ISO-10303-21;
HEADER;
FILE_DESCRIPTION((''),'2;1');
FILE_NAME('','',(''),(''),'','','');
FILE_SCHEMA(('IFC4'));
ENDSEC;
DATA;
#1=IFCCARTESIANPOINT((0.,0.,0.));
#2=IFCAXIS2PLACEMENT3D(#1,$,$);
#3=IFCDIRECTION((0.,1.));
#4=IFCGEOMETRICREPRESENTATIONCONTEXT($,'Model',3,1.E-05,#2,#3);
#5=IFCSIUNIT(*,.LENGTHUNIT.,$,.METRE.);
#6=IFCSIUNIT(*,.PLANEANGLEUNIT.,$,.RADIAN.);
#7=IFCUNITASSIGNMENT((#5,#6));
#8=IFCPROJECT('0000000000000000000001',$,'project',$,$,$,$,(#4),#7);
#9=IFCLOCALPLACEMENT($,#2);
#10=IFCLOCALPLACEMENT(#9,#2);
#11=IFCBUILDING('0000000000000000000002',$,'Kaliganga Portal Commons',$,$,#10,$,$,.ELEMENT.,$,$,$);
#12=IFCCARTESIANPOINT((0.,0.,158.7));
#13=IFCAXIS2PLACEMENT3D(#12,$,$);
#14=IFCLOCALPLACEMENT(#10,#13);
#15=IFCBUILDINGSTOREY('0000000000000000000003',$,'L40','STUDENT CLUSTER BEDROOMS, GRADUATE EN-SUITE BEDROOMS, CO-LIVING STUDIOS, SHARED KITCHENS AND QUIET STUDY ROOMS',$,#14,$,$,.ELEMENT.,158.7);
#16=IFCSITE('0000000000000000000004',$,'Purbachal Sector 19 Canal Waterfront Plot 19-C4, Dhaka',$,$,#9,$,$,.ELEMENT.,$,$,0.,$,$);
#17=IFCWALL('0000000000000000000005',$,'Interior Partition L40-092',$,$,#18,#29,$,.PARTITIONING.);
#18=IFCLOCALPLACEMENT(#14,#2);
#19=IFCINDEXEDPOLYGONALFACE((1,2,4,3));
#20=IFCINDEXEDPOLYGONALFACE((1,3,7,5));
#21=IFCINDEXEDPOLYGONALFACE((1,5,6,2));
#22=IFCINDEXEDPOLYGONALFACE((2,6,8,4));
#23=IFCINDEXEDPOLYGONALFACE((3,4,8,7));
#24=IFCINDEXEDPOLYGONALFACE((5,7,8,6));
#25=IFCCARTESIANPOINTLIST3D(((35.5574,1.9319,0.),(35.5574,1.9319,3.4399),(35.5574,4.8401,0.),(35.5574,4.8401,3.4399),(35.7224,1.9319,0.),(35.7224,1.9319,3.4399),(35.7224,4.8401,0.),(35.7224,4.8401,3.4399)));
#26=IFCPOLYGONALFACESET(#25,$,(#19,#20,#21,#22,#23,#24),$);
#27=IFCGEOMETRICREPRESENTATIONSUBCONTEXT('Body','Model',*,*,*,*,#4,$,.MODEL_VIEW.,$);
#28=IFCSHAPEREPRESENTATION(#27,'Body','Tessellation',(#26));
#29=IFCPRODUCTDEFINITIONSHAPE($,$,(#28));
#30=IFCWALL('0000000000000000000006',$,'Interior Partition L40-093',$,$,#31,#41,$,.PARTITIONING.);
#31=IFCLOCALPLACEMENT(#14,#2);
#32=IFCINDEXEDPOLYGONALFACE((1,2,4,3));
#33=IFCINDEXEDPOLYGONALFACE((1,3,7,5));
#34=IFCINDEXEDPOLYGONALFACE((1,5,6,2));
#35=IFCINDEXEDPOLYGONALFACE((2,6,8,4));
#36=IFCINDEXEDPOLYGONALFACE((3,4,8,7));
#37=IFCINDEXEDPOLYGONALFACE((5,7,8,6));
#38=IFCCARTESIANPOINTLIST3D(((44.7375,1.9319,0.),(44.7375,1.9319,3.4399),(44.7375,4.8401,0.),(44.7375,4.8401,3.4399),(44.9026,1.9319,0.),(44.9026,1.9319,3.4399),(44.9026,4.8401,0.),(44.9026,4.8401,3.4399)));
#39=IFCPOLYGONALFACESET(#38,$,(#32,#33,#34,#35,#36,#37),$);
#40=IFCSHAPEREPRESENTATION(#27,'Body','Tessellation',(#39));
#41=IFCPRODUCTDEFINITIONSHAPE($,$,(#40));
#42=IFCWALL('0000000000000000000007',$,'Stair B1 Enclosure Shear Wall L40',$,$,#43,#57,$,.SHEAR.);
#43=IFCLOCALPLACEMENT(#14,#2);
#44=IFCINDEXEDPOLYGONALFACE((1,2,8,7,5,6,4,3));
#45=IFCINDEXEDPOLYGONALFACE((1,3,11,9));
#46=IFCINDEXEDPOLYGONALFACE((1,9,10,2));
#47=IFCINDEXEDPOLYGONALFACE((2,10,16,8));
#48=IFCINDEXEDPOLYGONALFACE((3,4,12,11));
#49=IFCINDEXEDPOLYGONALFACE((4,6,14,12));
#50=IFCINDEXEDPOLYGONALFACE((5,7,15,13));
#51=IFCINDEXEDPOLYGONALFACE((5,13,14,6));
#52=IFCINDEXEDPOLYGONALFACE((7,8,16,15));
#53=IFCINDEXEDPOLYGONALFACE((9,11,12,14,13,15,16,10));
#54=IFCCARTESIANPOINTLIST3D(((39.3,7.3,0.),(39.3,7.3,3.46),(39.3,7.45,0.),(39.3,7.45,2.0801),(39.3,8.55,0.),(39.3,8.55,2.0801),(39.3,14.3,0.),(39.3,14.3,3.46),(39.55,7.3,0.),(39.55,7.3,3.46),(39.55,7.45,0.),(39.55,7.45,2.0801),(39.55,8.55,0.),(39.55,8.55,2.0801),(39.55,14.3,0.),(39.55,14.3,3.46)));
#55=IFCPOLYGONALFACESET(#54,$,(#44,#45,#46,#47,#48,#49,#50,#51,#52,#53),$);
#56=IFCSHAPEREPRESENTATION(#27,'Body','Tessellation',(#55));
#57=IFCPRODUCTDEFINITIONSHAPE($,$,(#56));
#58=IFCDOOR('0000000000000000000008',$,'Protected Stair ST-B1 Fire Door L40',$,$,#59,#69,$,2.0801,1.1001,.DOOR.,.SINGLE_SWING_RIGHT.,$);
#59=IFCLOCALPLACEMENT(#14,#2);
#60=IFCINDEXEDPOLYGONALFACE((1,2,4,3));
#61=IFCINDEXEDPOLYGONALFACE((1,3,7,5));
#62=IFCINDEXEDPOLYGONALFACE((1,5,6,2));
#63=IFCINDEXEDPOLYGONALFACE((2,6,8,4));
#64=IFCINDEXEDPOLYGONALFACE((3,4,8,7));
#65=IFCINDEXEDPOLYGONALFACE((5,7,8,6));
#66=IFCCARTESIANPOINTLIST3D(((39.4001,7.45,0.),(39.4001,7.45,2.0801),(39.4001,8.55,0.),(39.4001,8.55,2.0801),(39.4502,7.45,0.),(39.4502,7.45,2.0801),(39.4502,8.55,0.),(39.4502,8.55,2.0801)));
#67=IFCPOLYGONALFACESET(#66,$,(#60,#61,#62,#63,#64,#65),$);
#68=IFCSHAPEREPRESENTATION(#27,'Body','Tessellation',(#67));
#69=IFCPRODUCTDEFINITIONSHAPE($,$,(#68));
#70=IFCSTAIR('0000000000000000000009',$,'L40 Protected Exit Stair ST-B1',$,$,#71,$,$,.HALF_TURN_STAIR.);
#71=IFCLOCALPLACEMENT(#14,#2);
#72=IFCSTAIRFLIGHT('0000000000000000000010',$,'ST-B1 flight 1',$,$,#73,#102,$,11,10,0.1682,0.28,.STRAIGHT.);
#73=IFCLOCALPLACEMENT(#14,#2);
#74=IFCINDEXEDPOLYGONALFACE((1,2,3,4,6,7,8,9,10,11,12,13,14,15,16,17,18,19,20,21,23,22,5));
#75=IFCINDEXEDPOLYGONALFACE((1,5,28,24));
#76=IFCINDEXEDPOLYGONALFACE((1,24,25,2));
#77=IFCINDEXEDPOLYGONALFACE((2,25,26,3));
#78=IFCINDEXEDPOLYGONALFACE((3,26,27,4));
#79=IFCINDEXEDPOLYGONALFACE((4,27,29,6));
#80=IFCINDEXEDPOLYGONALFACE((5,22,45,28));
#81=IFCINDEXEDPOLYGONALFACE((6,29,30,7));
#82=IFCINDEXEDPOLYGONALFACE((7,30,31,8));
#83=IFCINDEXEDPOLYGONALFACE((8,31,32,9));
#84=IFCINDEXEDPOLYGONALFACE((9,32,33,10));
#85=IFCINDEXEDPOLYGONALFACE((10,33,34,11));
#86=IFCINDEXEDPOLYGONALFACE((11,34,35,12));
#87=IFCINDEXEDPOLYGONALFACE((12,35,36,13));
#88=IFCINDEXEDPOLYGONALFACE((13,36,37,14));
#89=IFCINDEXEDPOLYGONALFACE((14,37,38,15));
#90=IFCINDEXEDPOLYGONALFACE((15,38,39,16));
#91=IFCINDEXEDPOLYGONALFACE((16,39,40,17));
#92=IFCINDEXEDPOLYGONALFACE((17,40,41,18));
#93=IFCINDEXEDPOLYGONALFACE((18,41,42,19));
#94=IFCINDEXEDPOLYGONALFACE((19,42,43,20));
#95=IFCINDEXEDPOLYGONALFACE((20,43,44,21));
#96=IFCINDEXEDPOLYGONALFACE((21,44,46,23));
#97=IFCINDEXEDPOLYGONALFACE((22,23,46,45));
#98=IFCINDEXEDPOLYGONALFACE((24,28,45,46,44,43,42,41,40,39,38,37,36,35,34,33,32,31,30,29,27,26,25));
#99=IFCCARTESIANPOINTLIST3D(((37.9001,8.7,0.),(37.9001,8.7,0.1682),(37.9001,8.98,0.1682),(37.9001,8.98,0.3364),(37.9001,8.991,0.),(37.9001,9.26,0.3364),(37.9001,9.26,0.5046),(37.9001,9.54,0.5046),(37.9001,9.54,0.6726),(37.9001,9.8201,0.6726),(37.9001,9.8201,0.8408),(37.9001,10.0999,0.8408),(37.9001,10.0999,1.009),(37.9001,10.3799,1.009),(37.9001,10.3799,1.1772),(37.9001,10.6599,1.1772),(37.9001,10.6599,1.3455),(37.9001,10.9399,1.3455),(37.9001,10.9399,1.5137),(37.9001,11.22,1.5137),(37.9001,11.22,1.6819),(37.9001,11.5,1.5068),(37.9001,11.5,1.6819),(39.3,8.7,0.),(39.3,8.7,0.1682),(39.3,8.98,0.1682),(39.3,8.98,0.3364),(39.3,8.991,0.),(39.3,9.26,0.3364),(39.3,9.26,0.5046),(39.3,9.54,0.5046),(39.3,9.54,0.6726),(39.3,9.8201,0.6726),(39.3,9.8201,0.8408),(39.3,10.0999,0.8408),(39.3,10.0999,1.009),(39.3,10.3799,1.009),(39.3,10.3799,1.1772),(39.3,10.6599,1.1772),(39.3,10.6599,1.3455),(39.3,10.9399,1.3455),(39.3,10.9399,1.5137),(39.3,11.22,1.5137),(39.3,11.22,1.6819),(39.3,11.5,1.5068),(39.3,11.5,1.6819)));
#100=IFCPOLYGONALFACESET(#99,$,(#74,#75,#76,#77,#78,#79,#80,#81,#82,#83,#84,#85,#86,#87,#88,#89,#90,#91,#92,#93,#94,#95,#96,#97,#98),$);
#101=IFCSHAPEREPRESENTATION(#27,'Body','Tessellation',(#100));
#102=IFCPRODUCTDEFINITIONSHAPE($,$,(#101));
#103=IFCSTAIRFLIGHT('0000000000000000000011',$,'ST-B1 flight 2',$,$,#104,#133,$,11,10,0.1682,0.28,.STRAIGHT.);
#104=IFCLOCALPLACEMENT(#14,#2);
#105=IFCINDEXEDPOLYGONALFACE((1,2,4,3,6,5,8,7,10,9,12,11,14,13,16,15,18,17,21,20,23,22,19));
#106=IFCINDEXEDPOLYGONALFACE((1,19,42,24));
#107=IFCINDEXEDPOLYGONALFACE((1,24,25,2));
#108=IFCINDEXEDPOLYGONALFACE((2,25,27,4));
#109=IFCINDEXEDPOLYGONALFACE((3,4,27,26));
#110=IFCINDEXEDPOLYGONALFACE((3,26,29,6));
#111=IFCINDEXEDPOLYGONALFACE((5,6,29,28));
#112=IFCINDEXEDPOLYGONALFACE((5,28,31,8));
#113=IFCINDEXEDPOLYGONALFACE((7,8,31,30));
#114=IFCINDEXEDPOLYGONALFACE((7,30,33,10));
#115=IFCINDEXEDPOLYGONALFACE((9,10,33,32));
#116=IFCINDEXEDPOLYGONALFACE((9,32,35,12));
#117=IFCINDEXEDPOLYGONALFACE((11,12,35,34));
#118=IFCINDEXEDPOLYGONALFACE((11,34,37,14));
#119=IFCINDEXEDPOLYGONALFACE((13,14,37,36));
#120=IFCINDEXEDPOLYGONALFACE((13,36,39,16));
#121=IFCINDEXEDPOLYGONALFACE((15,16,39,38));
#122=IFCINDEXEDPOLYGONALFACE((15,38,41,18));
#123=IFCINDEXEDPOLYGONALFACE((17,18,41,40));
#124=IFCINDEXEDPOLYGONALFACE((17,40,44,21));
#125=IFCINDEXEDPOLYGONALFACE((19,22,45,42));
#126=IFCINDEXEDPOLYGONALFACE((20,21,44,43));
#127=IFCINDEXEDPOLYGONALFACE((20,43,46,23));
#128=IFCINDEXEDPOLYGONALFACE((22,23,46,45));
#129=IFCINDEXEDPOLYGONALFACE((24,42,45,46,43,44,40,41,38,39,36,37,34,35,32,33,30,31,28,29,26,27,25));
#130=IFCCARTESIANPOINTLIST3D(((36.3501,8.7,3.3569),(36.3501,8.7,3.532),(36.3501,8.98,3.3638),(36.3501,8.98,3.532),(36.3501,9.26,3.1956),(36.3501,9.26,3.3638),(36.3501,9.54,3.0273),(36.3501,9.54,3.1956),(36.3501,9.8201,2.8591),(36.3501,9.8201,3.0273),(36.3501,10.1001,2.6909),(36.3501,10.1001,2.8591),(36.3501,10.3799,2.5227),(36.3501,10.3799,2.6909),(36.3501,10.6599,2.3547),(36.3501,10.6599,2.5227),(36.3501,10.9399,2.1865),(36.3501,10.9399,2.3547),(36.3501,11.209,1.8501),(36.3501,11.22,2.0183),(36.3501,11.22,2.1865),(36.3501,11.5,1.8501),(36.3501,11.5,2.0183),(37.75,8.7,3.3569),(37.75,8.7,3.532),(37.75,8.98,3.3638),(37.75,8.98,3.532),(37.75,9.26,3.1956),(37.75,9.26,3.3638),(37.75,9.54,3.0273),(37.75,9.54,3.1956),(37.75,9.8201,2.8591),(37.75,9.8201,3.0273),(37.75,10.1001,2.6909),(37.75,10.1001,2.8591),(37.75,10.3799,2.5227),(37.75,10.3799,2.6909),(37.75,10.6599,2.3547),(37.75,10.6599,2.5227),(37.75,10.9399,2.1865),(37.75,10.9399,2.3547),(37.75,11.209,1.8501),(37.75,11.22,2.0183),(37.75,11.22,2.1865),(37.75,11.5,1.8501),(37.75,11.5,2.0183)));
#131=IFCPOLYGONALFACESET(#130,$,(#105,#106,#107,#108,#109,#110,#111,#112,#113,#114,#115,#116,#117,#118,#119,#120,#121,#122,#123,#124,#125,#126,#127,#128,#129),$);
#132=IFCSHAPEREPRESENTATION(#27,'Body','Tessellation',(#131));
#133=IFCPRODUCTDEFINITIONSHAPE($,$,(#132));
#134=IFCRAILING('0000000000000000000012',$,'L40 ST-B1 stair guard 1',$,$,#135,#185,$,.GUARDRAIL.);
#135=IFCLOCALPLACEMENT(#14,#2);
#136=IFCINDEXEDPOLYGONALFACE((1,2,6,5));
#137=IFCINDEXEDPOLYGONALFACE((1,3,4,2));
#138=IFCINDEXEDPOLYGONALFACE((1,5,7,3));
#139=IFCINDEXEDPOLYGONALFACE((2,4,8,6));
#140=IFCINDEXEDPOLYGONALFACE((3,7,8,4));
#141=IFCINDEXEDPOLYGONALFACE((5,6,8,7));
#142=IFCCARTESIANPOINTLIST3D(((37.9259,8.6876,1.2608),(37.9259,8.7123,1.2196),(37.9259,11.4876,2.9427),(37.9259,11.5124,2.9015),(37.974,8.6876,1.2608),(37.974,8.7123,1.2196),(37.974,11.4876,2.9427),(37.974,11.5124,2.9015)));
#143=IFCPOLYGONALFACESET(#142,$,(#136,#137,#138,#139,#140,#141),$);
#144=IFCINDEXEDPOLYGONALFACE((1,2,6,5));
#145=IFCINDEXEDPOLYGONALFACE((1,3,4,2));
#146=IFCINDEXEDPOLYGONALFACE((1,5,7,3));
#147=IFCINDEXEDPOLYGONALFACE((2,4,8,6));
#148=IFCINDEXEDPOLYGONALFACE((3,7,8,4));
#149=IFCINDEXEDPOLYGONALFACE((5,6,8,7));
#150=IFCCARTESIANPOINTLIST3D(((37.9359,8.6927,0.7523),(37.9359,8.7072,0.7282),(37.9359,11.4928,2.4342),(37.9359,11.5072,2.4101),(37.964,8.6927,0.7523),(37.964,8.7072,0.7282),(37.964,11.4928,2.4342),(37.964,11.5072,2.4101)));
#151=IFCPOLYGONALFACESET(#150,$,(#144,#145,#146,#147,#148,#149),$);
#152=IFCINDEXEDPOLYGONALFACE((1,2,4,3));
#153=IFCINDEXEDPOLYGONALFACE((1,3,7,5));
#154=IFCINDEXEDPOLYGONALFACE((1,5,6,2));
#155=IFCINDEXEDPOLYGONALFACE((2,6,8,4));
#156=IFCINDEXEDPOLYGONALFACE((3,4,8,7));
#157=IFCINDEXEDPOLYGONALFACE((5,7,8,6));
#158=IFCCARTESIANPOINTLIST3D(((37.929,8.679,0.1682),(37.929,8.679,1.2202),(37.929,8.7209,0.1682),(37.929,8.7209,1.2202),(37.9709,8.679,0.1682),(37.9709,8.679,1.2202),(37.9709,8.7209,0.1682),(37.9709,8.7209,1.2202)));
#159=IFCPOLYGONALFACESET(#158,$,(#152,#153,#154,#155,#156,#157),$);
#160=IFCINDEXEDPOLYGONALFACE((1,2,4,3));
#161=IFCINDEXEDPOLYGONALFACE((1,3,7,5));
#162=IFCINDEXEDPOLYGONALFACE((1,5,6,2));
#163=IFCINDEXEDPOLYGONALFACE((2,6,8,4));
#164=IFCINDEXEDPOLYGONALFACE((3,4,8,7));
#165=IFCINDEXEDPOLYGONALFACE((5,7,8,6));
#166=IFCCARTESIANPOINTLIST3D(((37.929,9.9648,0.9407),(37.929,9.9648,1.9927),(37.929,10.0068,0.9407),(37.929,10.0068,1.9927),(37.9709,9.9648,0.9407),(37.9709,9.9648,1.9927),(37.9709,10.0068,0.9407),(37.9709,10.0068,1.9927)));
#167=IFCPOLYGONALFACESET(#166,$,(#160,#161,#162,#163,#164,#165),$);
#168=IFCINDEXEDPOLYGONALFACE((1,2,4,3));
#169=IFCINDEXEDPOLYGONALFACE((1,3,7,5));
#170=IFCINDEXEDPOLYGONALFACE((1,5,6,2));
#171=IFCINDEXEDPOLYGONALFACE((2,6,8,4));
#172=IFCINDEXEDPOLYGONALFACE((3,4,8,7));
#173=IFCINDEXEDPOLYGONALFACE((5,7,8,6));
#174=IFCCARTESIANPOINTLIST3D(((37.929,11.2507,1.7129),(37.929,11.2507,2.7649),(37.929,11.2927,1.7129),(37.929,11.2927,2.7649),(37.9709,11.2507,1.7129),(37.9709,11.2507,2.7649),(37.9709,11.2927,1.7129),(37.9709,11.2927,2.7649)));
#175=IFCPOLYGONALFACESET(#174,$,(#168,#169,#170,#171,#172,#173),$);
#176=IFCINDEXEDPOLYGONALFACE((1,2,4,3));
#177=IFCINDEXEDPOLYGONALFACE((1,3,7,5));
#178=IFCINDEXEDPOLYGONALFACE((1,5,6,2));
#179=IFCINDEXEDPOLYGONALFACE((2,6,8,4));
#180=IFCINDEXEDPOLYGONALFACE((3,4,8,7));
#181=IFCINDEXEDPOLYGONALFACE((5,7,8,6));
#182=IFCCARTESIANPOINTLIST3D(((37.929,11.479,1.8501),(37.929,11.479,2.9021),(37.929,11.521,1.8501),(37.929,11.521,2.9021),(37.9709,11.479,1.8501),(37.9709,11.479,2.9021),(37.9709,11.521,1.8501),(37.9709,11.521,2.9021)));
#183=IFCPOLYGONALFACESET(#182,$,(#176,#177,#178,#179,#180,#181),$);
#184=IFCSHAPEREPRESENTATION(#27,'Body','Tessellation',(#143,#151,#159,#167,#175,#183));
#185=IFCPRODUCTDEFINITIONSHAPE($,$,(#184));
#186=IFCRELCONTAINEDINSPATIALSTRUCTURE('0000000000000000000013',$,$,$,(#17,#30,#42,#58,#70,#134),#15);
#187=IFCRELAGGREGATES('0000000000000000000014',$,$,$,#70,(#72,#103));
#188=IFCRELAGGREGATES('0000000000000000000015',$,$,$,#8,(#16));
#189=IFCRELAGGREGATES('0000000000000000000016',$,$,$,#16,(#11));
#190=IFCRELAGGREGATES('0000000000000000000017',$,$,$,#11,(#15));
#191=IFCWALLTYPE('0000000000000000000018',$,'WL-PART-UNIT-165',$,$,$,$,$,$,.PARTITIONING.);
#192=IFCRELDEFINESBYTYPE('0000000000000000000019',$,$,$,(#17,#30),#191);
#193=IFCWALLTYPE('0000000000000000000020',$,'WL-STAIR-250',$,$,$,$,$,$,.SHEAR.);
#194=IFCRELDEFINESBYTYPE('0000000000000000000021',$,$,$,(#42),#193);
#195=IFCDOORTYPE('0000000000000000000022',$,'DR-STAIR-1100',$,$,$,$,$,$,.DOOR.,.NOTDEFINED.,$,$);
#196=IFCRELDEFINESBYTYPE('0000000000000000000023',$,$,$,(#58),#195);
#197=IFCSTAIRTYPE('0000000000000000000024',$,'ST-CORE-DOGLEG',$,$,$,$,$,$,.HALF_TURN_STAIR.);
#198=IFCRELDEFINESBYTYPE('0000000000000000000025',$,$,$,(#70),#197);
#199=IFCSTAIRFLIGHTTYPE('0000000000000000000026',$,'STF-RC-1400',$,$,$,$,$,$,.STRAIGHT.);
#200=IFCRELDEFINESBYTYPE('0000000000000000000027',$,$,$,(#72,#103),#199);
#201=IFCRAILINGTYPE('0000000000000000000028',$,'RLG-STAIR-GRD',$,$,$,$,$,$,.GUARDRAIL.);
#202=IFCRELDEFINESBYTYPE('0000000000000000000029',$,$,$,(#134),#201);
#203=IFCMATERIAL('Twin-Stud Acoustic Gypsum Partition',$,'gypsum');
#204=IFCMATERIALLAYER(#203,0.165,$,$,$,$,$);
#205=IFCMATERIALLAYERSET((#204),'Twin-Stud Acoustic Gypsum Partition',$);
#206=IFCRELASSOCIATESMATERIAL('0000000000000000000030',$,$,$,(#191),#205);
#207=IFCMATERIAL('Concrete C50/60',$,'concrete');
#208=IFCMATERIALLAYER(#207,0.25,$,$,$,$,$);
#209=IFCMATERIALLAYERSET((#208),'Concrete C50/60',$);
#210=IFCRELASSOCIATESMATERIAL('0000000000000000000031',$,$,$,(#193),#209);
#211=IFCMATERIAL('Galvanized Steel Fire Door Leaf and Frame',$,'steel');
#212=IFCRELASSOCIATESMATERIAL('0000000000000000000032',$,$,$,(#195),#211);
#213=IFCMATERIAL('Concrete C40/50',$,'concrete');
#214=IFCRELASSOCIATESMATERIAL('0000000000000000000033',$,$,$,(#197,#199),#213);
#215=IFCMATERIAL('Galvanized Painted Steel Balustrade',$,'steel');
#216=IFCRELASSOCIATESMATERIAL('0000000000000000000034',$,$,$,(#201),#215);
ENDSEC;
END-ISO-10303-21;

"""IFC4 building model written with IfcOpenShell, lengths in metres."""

from ifc_helpers import new_model, si_unit, direction, frame, frame_2d, origin, origin_2d, place, context, subcontext, project, spatial, polyline, rectangle, outline, extrude, material, layer, layer_set, type_object, element, fill, aggregate, save


model = new_model("IFC4")

# Units and contexts
model_context = context("Model", 3, precision=1e-05, world=origin(), true_north=direction((0.0, 1.0)))
body_context = subcontext(model_context, "Body", "Model", "MODEL_VIEW")
ifc_project = project(units=[si_unit("LENGTHUNIT", "METRE"), si_unit("PLANEANGLEUNIT", "RADIAN")], contexts=[model_context])

# Site, building, storey
site_placement = place(None, origin())
site = spatial("IfcSite", under=ifc_project, at=site_placement, Name="Purbachal Sector 19 Canal Waterfront Plot 19-C4, Dhaka", CompositionType="ELEMENT", RefElevation=0.0)
building_placement = place(site_placement, origin())
building = spatial("IfcBuilding", under=site, at=building_placement, Name="Kaliganga Portal Commons", CompositionType="ELEMENT")
storey_placement = place(building_placement, frame((0.0, 0.0, 158.7)))
storey = spatial("IfcBuildingStorey", under=building, at=storey_placement, Name="L40", Description="STUDENT CLUSTER BEDROOMS, GRADUATE EN-SUITE BEDROOMS, CO-LIVING STUDIOS, SHARED KITCHENS AND QUIET STUDY ROOMS", CompositionType="ELEMENT", Elevation=158.7)

# Shared definitions
ifc_material_1 = material(Name="Concrete C50/60", Category="concrete")

# Walls
ifc_material_2 = material(Name="Twin-Stud Acoustic Gypsum Partition", Category="gypsum")
ifc_layer_1 = layer(ifc_material_2, 0.165)
ifc_layer_set_1 = layer_set([ifc_layer_1], Name="Twin-Stud Acoustic Gypsum Partition")
wall_type_1 = type_object("IfcWallType", Name="WL-PART-UNIT-165", PredefinedType="PARTITIONING", material=ifc_layer_set_1)
for number, where, z_axis, x_axis, name in (
    (1, (35.6399, 1.9319, 0.0), (0.0, 0.0, 1.0), (0.0, 1.0, 0.0), "Interior Partition L40-092"),
    (2, (44.8201, 1.9319, 0.0), (0.0, 0.0, 1.0), (0.0, 1.0, 0.0), "Interior Partition L40-093"),
):
    element("IfcWall", number, at=place(storey_placement, frame(where, z_axis=z_axis, x_axis=x_axis)), inside=storey, type_object=wall_type_1, Name=name, PredefinedType="PARTITIONING", context=body_context, shape_type="SweptSolid", body=[
        extrude(rectangle(XDim=2.9082, YDim=0.165, at=frame_2d((1.4541, 0.0))), origin(), (0.0, 0.0, 1.0), 3.4399),
    ])

# Wall, opening, door
ifc_layer_2 = layer(ifc_material_1, 0.25)
ifc_layer_set_2 = layer_set([ifc_layer_2], Name="Concrete C50/60")
wall_type_2 = type_object("IfcWallType", Name="WL-STAIR-250", PredefinedType="SHEAR", material=ifc_layer_set_2)
wall_1_placement = place(storey_placement, frame((39.425, 7.3, 0.0), z_axis=(0.0, 0.0, 1.0), x_axis=(0.0, 1.0, 0.0)))
wall_1 = element("IfcWall", 3, at=wall_1_placement, inside=storey, type_object=wall_type_2, Name="Stair B1 Enclosure Shear Wall L40", PredefinedType="SHEAR", context=body_context, shape_type="SweptSolid", body=[
    extrude(rectangle(XDim=7.0, YDim=0.25, at=frame_2d((3.5, 0.0))), origin(), (0.0, 0.0, 1.0), 3.46),
])
opening_1_placement = place(wall_1_placement, frame((0.1499, 0.0, 0.0)))
opening_1 = element("IfcOpeningElement", 4, at=opening_1_placement, cuts=wall_1, PredefinedType="OPENING", context=body_context, shape_type="SweptSolid", body=[
    extrude(rectangle(XDim=1.1001, YDim=2.0801, at=frame_2d((0.55, 1.04))), frame((0.0, 0.135, 0.0), z_axis=(0.0, -1.0, 0.0), x_axis=(1.0, 0.0, 0.0)), (0.0, 0.0, 1.0), 0.27),
])
ifc_material_3 = material(Name="Galvanized Steel Fire Door Leaf and Frame", Category="steel")
door_type_1 = type_object("IfcDoorType", Name="DR-STAIR-1100", OperationType="NOTDEFINED", PredefinedType="DOOR", material=ifc_material_3)
door_1_placement = place(opening_1_placement, origin())
door_1 = element("IfcDoor", 5, at=door_1_placement, inside=storey, type_object=door_type_1, Name="Protected Stair ST-B1 Fire Door L40", OperationType="SINGLE_SWING_RIGHT", OverallHeight=2.0801, OverallWidth=1.1001, PredefinedType="DOOR", context=body_context, shape_type="SweptSolid", body=[
    extrude(rectangle(XDim=1.1001, YDim=2.0801, at=frame_2d((0.55, 1.04))), frame((0.0, 0.0249, 0.0), z_axis=(0.0, -1.0, 0.0), x_axis=(1.0, 0.0, 0.0)), (0.0, 0.0, 1.0), 0.05),
])
fill(opening_1, door_1)

# Stair, stair flights
ifc_material_4 = material(Name="Concrete C40/50", Category="concrete")
stair_type = type_object("IfcStairType", Name="ST-CORE-DOGLEG", PredefinedType="HALF_TURN_STAIR", material=ifc_material_4)
stair_placement = place(storey_placement, origin())
stair = element("IfcStair", 6, at=stair_placement, inside=storey, type_object=stair_type, Name="L40 Protected Exit Stair ST-B1", PredefinedType="HALF_TURN_STAIR")
stair_flight_type = type_object("IfcStairFlightType", Name="STF-RC-1400", PredefinedType="STRAIGHT", material=ifc_material_4)
stair_flight_1_placement = place(storey_placement, frame((38.6001, 8.7, 0.0), z_axis=(0.0, 0.0, 1.0), x_axis=(0.0, 1.0, 0.0)))
stair_flight_1 = element("IfcStairFlight", 7, at=stair_flight_1_placement, type_object=stair_flight_type, Name="ST-B1 flight 1", NumberOfRisers=11, NumberOfTreads=10, PredefinedType="STRAIGHT", RiserHeight=0.1682, TreadLength=0.28, context=body_context, shape_type="SweptSolid", body=[
    extrude(outline(polyline([(0.0, 0.0), (0.0, 0.1682), (0.28, 0.1682), (0.28, 0.3364), (0.5601, 0.3364), (0.5601, 0.5046), (0.8401, 0.5046), (0.8401, 0.6726), (1.1201, 0.6726), (1.1201, 0.8408), (1.3999, 0.8408), (1.3999, 1.009), (1.6799, 1.009), (1.6799, 1.1772), (1.96, 1.1772), (1.96, 1.3455), (2.24, 1.3455), (2.24, 1.5137), (2.52, 1.5137), (2.52, 1.6819), (2.8, 1.6819), (2.8, 1.8501), (2.8, 1.5068), (0.291, 0.0), (0.0, 0.0)])), frame((0.0, 0.7, 0.0), z_axis=(0.0, -1.0, 0.0), x_axis=(1.0, 0.0, 0.0)), (0.0, 0.0, 1.0), 1.3999),
])
stair_flight_2_placement = place(storey_placement, frame((37.05, 11.5, 1.8501), z_axis=(0.0, 0.0, 1.0), x_axis=(0.0, -1.0, 0.0)))
stair_flight_2 = element("IfcStairFlight", 8, at=stair_flight_2_placement, type_object=stair_flight_type, Name="ST-B1 flight 2", NumberOfRisers=11, NumberOfTreads=10, PredefinedType="STRAIGHT", RiserHeight=0.1682, TreadLength=0.28, context=body_context, shape_type="SweptSolid", body=[
    extrude(outline(polyline([(0.0, 0.0), (0.0, 0.1682), (0.28, 0.1682), (0.28, 0.3364), (0.5601, 0.3364), (0.5601, 0.5046), (0.8401, 0.5046), (0.8401, 0.6726), (1.1201, 0.6726), (1.1201, 0.8408), (1.3999, 0.8408), (1.3999, 1.009), (1.6799, 1.009), (1.6799, 1.1772), (1.96, 1.1772), (1.96, 1.3455), (2.24, 1.3455), (2.24, 1.5137), (2.52, 1.5137), (2.52, 1.6819), (2.8, 1.6819), (2.8, 1.8501), (2.8, 1.5068), (0.291, 0.0), (0.0, 0.0)])), frame((0.0, 0.7, 0.0), z_axis=(0.0, -1.0, 0.0), x_axis=(1.0, 0.0, 0.0)), (0.0, 0.0, 1.0), 1.3999),
])
aggregate(stair, [stair_flight_1, stair_flight_2])

# Railing
ifc_material_5 = material(Name="Galvanized Painted Steel Balustrade", Category="steel")
railing_type_1 = type_object("IfcRailingType", Name="RLG-STAIR-GRD", PredefinedType="GUARDRAIL", material=ifc_material_5)
railing_1_placement = place(storey_placement, frame((37.95, 8.7, 0.1682)))
element("IfcRailing", 9, at=railing_1_placement, inside=storey, type_object=railing_type_1, Name="L40 ST-B1 stair guard 1", PredefinedType="GUARDRAIL", context=body_context, shape_type="SweptSolid", body=[
    extrude(rectangle(XDim=0.0481, YDim=0.0481, at=origin_2d()), frame((0.0, 0.0, 1.072), z_axis=(0.0, 0.857242, 0.514913), x_axis=(-1.0, 0.0, 0.0)), (0.0, 0.0, 1.0), 3.2664),
    extrude(rectangle(XDim=0.0281, YDim=0.0281, at=origin_2d()), frame((0.0, 0.0, 0.572), z_axis=(0.0, 0.857242, 0.514913), x_axis=(-1.0, 0.0, 0.0)), (0.0, 0.0, 1.0), 3.2664),
    extrude(rectangle(XDim=0.042, YDim=0.042, at=origin_2d()), origin(), (0.0, 0.0, 1.0), 1.052),
    extrude(rectangle(XDim=0.042, YDim=0.042, at=origin_2d()), frame((0.0, 1.2859, 0.7725)), (0.0, 0.0, 1.0), 1.052),
    extrude(rectangle(XDim=0.042, YDim=0.042, at=origin_2d()), frame((0.0, 2.5718, 1.5447)), (0.0, 0.0, 1.0), 1.052),
    extrude(rectangle(XDim=0.042, YDim=0.042, at=origin_2d()), frame((0.0, 2.8, 1.6819)), (0.0, 0.0, 1.0), 1.052),
])

save(model, "model.ifc")
